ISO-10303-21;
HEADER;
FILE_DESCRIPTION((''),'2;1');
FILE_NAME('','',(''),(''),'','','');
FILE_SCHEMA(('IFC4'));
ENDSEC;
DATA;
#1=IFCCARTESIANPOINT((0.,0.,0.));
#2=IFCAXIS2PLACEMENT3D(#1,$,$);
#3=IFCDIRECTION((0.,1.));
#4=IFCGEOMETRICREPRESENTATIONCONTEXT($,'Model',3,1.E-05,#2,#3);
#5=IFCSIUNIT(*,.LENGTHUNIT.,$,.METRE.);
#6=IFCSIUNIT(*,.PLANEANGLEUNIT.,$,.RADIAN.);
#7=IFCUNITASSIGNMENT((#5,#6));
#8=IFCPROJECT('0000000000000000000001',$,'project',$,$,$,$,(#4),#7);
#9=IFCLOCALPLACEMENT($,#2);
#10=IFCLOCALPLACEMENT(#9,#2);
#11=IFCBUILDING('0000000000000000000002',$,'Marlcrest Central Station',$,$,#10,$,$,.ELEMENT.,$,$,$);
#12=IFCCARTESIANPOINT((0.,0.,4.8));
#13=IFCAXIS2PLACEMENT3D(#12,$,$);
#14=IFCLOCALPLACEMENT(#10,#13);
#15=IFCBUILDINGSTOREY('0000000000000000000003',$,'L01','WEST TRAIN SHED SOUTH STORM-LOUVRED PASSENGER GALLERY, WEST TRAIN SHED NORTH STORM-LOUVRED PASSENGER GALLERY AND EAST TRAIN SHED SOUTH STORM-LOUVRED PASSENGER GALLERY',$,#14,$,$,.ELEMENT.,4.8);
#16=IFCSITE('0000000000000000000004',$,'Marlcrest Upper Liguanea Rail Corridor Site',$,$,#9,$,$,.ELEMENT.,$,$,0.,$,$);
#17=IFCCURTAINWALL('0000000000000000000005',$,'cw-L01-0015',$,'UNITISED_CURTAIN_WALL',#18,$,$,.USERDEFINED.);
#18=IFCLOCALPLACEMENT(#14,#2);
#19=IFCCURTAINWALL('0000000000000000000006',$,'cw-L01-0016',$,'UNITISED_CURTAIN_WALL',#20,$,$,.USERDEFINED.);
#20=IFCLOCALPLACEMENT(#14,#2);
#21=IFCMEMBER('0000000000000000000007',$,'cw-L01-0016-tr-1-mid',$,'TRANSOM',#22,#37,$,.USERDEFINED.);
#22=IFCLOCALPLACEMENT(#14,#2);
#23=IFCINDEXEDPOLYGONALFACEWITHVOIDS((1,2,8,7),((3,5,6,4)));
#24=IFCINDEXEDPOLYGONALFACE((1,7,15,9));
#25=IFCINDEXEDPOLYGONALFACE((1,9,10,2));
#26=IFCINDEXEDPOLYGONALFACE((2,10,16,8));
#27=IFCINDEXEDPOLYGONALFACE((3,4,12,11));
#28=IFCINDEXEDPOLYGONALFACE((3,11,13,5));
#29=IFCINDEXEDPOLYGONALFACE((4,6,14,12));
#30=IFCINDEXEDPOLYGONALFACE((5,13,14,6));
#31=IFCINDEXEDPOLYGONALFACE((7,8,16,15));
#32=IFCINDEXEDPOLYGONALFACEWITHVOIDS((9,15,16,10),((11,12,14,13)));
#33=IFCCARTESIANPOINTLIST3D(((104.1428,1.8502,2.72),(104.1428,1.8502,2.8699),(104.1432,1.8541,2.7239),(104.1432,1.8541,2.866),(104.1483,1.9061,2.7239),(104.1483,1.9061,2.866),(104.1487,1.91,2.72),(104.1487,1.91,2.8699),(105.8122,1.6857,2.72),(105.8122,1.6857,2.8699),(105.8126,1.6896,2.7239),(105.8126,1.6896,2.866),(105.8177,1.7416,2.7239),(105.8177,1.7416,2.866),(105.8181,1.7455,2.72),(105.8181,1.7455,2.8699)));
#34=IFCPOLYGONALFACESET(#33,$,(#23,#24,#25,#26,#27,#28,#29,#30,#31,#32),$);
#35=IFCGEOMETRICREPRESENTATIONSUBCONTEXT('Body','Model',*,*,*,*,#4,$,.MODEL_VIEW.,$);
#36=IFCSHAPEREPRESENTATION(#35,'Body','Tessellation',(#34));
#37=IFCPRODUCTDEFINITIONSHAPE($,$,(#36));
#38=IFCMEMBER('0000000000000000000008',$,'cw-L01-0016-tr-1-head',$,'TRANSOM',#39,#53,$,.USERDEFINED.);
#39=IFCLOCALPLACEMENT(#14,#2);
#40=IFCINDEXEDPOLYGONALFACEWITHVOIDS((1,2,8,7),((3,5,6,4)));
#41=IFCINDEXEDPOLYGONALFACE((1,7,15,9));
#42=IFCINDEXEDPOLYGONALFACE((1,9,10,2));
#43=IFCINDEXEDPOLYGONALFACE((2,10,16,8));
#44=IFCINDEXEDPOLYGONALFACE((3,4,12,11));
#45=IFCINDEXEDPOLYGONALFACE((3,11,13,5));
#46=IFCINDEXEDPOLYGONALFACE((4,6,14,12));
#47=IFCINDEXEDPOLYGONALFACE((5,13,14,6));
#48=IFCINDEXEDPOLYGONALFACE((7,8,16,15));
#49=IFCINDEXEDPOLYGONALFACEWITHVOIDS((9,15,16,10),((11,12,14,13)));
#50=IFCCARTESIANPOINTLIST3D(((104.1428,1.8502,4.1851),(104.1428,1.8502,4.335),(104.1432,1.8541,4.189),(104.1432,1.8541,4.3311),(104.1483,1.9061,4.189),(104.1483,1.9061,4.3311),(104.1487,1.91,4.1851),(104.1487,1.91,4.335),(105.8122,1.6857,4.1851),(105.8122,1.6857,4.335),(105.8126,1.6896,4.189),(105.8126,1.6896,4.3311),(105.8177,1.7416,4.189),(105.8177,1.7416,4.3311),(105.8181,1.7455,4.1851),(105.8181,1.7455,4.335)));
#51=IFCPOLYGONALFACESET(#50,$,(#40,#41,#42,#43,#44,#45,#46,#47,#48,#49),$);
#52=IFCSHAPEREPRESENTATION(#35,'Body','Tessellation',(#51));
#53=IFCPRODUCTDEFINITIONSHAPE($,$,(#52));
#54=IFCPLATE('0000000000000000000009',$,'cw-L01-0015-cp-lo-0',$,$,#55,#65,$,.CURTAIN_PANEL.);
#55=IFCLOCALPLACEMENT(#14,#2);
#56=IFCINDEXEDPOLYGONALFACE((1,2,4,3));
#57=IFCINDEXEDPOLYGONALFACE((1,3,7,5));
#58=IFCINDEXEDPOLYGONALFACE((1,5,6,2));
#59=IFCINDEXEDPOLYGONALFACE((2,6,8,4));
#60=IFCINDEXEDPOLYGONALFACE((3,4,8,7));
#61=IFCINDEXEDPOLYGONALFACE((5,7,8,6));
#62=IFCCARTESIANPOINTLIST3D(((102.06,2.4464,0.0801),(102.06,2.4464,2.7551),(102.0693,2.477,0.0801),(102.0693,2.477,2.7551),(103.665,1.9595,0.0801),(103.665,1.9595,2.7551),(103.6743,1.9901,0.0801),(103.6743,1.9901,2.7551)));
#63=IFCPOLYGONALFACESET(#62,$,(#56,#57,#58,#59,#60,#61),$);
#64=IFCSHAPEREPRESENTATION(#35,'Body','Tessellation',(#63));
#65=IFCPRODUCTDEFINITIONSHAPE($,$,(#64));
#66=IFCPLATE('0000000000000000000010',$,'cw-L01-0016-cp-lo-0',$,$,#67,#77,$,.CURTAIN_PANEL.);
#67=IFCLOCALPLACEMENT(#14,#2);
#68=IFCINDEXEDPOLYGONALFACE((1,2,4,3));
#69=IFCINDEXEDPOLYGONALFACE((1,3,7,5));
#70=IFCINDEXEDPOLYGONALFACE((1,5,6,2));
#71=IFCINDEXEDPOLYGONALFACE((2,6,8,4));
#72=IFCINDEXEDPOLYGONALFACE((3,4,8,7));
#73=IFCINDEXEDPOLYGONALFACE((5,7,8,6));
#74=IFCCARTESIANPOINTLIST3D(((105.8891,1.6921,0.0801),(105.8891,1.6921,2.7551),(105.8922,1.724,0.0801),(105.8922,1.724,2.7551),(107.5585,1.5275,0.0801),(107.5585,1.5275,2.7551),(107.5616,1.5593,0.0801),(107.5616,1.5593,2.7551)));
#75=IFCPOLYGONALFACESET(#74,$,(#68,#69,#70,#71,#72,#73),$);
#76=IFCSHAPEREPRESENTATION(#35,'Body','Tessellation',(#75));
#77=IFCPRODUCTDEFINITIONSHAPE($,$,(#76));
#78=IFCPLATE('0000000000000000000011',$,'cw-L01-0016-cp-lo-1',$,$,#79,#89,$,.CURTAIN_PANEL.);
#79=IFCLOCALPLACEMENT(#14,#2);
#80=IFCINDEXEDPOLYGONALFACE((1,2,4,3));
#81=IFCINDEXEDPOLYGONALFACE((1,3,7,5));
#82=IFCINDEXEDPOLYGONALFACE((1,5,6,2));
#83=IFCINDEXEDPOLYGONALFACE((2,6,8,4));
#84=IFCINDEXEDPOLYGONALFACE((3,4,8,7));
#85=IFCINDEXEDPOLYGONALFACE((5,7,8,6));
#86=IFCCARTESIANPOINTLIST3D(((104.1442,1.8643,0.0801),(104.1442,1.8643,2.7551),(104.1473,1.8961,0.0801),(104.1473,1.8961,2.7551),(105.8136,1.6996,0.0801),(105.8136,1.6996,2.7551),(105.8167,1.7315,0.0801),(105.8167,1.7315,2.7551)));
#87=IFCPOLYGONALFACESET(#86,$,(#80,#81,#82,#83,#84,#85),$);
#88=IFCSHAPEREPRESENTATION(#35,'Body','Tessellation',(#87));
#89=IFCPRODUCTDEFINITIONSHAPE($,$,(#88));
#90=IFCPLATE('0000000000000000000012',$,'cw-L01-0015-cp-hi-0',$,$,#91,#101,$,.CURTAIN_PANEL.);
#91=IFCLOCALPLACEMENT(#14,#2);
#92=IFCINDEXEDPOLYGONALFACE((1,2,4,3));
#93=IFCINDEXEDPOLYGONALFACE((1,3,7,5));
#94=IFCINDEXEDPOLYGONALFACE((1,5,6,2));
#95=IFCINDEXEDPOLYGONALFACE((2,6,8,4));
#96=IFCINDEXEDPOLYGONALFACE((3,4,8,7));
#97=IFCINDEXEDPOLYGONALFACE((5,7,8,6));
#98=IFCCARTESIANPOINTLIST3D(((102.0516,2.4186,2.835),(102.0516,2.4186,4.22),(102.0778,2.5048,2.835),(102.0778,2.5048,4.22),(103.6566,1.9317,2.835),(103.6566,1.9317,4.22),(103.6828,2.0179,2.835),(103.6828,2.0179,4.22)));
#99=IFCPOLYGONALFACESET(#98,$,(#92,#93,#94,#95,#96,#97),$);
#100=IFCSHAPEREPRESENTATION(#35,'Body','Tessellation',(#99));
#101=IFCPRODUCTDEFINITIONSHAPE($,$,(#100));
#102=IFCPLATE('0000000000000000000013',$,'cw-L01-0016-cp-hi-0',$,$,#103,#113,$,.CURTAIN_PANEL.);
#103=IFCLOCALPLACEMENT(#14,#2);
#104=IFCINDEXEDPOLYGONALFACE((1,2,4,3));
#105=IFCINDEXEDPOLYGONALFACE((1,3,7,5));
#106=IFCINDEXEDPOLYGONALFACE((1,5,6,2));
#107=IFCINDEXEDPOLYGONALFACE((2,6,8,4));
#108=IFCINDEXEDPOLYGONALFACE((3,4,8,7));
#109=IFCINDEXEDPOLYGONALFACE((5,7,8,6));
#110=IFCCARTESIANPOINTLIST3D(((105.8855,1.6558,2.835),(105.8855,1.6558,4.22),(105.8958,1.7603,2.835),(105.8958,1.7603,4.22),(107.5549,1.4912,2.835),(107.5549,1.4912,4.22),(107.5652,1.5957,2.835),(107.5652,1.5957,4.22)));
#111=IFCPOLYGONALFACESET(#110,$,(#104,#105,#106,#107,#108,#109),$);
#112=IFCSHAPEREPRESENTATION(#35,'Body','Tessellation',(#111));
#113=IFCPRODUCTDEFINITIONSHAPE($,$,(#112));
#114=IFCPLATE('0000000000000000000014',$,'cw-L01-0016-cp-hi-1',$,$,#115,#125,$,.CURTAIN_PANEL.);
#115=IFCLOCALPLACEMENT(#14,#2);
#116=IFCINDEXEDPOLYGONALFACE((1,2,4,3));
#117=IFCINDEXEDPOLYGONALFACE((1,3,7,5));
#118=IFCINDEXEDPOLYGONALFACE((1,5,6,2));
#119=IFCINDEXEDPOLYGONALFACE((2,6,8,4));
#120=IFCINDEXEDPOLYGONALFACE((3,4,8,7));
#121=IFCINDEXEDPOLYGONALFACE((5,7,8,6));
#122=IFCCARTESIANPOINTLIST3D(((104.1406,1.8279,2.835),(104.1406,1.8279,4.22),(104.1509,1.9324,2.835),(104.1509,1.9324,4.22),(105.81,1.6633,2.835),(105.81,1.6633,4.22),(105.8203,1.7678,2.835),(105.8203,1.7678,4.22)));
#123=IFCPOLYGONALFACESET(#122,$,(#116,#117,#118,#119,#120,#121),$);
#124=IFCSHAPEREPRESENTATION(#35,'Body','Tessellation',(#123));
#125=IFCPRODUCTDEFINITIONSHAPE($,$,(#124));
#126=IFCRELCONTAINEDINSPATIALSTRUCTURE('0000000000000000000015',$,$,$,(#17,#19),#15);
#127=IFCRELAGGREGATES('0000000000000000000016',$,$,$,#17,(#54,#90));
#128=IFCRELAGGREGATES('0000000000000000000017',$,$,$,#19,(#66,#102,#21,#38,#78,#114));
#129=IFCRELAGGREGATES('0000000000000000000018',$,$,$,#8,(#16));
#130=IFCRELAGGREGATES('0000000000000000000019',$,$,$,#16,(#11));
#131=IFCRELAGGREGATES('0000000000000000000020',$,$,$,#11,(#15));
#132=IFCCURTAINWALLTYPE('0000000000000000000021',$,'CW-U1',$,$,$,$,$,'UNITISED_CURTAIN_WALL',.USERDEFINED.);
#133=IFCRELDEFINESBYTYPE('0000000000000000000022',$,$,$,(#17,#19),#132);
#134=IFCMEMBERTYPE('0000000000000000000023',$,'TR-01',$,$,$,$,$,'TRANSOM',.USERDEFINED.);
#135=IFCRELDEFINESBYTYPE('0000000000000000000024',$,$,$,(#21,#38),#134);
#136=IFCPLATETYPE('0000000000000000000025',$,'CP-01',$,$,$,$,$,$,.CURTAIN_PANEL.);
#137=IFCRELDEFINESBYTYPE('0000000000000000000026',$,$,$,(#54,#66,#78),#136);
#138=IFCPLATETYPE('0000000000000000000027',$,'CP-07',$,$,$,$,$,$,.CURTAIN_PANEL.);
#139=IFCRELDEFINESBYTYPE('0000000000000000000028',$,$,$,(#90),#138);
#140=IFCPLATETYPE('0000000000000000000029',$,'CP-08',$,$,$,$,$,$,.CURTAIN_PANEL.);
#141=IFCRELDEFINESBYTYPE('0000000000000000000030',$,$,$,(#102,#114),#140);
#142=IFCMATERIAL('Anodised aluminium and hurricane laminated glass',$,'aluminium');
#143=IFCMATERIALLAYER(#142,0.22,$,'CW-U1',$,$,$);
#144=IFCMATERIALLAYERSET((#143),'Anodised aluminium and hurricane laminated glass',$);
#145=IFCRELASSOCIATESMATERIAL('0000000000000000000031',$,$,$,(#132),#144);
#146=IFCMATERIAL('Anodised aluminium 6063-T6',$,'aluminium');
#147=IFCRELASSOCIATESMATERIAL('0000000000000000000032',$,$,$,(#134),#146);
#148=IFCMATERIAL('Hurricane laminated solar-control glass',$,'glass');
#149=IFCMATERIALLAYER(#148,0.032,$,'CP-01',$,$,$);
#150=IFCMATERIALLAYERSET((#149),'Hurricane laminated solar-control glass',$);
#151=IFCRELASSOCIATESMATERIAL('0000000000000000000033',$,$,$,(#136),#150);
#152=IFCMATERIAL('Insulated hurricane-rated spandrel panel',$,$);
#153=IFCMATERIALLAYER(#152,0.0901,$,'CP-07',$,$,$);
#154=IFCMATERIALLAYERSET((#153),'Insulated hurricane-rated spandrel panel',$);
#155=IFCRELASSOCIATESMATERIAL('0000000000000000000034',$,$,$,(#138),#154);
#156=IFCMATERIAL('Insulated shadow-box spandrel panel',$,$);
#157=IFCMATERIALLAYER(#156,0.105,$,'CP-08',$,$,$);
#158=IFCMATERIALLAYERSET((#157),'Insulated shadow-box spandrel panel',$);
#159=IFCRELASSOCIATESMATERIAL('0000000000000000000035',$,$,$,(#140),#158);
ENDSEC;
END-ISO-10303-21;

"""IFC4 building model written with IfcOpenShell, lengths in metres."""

from ifc_helpers import new_model, si_unit, direction, frame, origin, origin_2d, place, context, subcontext, project, spatial, rectangle, hollow_rectangle, extrude, material, layer, layer_set, material_profile, profile_set, type_object, element, aggregate, save


model = new_model("IFC4")

# Units and contexts
model_context = context("Model", 3, precision=1e-05, world=origin(), true_north=direction((0.0, 1.0)))
body_context = subcontext(model_context, "Body", "Model", "MODEL_VIEW")
ifc_project = project(units=[si_unit("LENGTHUNIT", "METRE"), si_unit("PLANEANGLEUNIT", "RADIAN")], contexts=[model_context])

# Site, building, storey
site_placement = place(None, origin())
site = spatial("IfcSite", under=ifc_project, at=site_placement, Name="Marlcrest Upper Liguanea Rail Corridor Site", CompositionType="ELEMENT", RefElevation=0.0)
building_placement = place(site_placement, origin())
building = spatial("IfcBuilding", under=site, at=building_placement, Name="Marlcrest Central Station", CompositionType="ELEMENT")
storey_placement = place(building_placement, frame((0.0, 0.0, 4.8)))
storey = spatial("IfcBuildingStorey", under=building, at=storey_placement, Name="L01", Description="WEST TRAIN SHED SOUTH STORM-LOUVRED PASSENGER GALLERY, WEST TRAIN SHED NORTH STORM-LOUVRED PASSENGER GALLERY AND EAST TRAIN SHED SOUTH STORM-LOUVRED PASSENGER GALLERY", CompositionType="ELEMENT", Elevation=4.8)

# Curtain wall
ifc_material_1 = material(Name="Anodised aluminium and hurricane laminated glass", Category="aluminium")
ifc_layer_1 = layer(ifc_material_1, 0.22, Name="CW-U1")
ifc_layer_set_1 = layer_set([ifc_layer_1], Name="Anodised aluminium and hurricane laminated glass")
curtain_wall_type = type_object("IfcCurtainWallType", Name="CW-U1", ElementType="UNITISED_CURTAIN_WALL", PredefinedType="USERDEFINED", material=ifc_layer_set_1)
curtain_wall_1_placement = place(storey_placement, origin())
curtain_wall_1 = element("IfcCurtainWall", 1, at=curtain_wall_1_placement, inside=storey, type_object=curtain_wall_type, Name="cw-L01-0015", ObjectType="UNITISED_CURTAIN_WALL", PredefinedType="USERDEFINED")
ifc_material_2 = material(Name="Anodised aluminium 6063-T6", Category="aluminium")

# Curtain wall
curtain_wall_2_placement = place(storey_placement, origin())
curtain_wall_2 = element("IfcCurtainWall", 2, at=curtain_wall_2_placement, inside=storey, type_object=curtain_wall_type, Name="cw-L01-0016", ObjectType="UNITISED_CURTAIN_WALL", PredefinedType="USERDEFINED")

# Members
ifc_material_profile_1 = material_profile(ifc_material_2, hollow_rectangle(XDim=0.0601, YDim=0.1499, WallThickness=0.0039, at=origin_2d()), Name="AA-RHS 150x60x4")
ifc_profile_set_1 = profile_set([ifc_material_profile_1], Name="Anodised aluminium 6063-T6")
member_type_1 = type_object("IfcMemberType", Name="TR-01", ElementType="TRANSOM", PredefinedType="USERDEFINED", material=ifc_profile_set_1)
member_1_placement = place(storey_placement, frame((105.8152, 1.7156, 2.7949), z_axis=(-0.995177, 0.098091, 0.0), x_axis=(-0.098091, -0.995177, 0.0)))
member_1 = element("IfcMember", 3, at=member_1_placement, type_object=member_type_1, Name="cw-L01-0016-tr-1-mid", ObjectType="TRANSOM", PredefinedType="USERDEFINED", context=body_context, shape_type="SweptSolid", body=[
    extrude(hollow_rectangle(XDim=0.0601, YDim=0.1499, WallThickness=0.0039, at=origin_2d()), origin(), (0.0, 0.0, 1.0), 1.6775),
])
member_2_placement = place(storey_placement, frame((105.8152, 1.7156, 4.26), z_axis=(-0.995177, 0.098091, 0.0), x_axis=(-0.098091, -0.995177, 0.0)))
member_2 = element("IfcMember", 4, at=member_2_placement, type_object=member_type_1, Name="cw-L01-0016-tr-1-head", ObjectType="TRANSOM", PredefinedType="USERDEFINED", context=body_context, shape_type="SweptSolid", body=[
    extrude(hollow_rectangle(XDim=0.0601, YDim=0.1499, WallThickness=0.0039, at=origin_2d()), origin(), (0.0, 0.0, 1.0), 1.6775),
])

# Plates
ifc_material_3 = material(Name="Hurricane laminated solar-control glass", Category="glass")
ifc_layer_2 = layer(ifc_material_3, 0.032, Name="CP-01")
ifc_layer_set_2 = layer_set([ifc_layer_2], Name="Hurricane laminated solar-control glass")
plate_type_1 = type_object("IfcPlateType", Name="CP-01", PredefinedType="CURTAIN_PANEL", material=ifc_layer_set_2)
plate_1_placement = place(storey_placement, frame((102.8672, 2.2183, 0.0801), z_axis=(0.0, 0.0, 1.0), x_axis=(-0.95693, 0.290318, 0.0)))
plate_1 = element("IfcPlate", 5, at=plate_1_placement, type_object=plate_type_1, Name="cw-L01-0015-cp-lo-0", PredefinedType="CURTAIN_PANEL", context=body_context, shape_type="SweptSolid", body=[
    extrude(rectangle(XDim=1.6772, YDim=0.032, at=origin_2d()), origin(), (0.0, 0.0, 1.0), 2.675),
])
plate_2_placement = place(storey_placement, frame((106.7253, 1.6257, 0.0801), z_axis=(0.0, 0.0, 1.0), x_axis=(-0.995173, 0.098139, 0.0)))
plate_2 = element("IfcPlate", 6, at=plate_2_placement, type_object=plate_type_1, Name="cw-L01-0016-cp-lo-0", PredefinedType="CURTAIN_PANEL", context=body_context, shape_type="SweptSolid", body=[
    extrude(rectangle(XDim=1.6775, YDim=0.032, at=origin_2d()), origin(), (0.0, 0.0, 1.0), 2.675),
])
plate_3_placement = place(storey_placement, frame((104.9805, 1.7979, 0.0801), z_axis=(0.0, 0.0, 1.0), x_axis=(-0.995173, 0.098139, 0.0)))
plate_3 = element("IfcPlate", 7, at=plate_3_placement, type_object=plate_type_1, Name="cw-L01-0016-cp-lo-1", PredefinedType="CURTAIN_PANEL", context=body_context, shape_type="SweptSolid", body=[
    extrude(rectangle(XDim=1.6775, YDim=0.032, at=origin_2d()), origin(), (0.0, 0.0, 1.0), 2.675),
])
ifc_material_4 = material(Name="Insulated hurricane-rated spandrel panel")
ifc_layer_3 = layer(ifc_material_4, 0.0901, Name="CP-07")
ifc_layer_set_3 = layer_set([ifc_layer_3], Name="Insulated hurricane-rated spandrel panel")
plate_type_2 = type_object("IfcPlateType", Name="CP-07", PredefinedType="CURTAIN_PANEL", material=ifc_layer_set_3)
plate_4_placement = place(storey_placement, frame((102.8672, 2.2183, 2.835), z_axis=(0.0, 0.0, 1.0), x_axis=(-0.95693, 0.290318, 0.0)))
plate_4 = element("IfcPlate", 8, at=plate_4_placement, type_object=plate_type_2, Name="cw-L01-0015-cp-hi-0", PredefinedType="CURTAIN_PANEL", context=body_context, shape_type="SweptSolid", body=[
    extrude(rectangle(XDim=1.6772, YDim=0.0901, at=origin_2d()), origin(), (0.0, 0.0, 1.0), 1.385),
])
aggregate(curtain_wall_1, [plate_1, plate_4])
ifc_material_5 = material(Name="Insulated shadow-box spandrel panel")
ifc_layer_4 = layer(ifc_material_5, 0.105, Name="CP-08")
ifc_layer_set_4 = layer_set([ifc_layer_4], Name="Insulated shadow-box spandrel panel")
plate_type_3 = type_object("IfcPlateType", Name="CP-08", PredefinedType="CURTAIN_PANEL", material=ifc_layer_set_4)
plate_5_placement = place(storey_placement, frame((106.7253, 1.6257, 2.835), z_axis=(0.0, 0.0, 1.0), x_axis=(-0.995173, 0.098139, 0.0)))
plate_5 = element("IfcPlate", 9, at=plate_5_placement, type_object=plate_type_3, Name="cw-L01-0016-cp-hi-0", PredefinedType="CURTAIN_PANEL", context=body_context, shape_type="SweptSolid", body=[
    extrude(rectangle(XDim=1.6775, YDim=0.105, at=origin_2d()), origin(), (0.0, 0.0, 1.0), 1.385),
])
plate_6_placement = place(storey_placement, frame((104.9805, 1.7979, 2.835), z_axis=(0.0, 0.0, 1.0), x_axis=(-0.995173, 0.098139, 0.0)))
plate_6 = element("IfcPlate", 10, at=plate_6_placement, type_object=plate_type_3, Name="cw-L01-0016-cp-hi-1", PredefinedType="CURTAIN_PANEL", context=body_context, shape_type="SweptSolid", body=[
    extrude(rectangle(XDim=1.6775, YDim=0.105, at=origin_2d()), origin(), (0.0, 0.0, 1.0), 1.385),
])
aggregate(curtain_wall_2, [plate_2, plate_5, member_1, member_2, plate_3, plate_6])

save(model, "model.ifc")
